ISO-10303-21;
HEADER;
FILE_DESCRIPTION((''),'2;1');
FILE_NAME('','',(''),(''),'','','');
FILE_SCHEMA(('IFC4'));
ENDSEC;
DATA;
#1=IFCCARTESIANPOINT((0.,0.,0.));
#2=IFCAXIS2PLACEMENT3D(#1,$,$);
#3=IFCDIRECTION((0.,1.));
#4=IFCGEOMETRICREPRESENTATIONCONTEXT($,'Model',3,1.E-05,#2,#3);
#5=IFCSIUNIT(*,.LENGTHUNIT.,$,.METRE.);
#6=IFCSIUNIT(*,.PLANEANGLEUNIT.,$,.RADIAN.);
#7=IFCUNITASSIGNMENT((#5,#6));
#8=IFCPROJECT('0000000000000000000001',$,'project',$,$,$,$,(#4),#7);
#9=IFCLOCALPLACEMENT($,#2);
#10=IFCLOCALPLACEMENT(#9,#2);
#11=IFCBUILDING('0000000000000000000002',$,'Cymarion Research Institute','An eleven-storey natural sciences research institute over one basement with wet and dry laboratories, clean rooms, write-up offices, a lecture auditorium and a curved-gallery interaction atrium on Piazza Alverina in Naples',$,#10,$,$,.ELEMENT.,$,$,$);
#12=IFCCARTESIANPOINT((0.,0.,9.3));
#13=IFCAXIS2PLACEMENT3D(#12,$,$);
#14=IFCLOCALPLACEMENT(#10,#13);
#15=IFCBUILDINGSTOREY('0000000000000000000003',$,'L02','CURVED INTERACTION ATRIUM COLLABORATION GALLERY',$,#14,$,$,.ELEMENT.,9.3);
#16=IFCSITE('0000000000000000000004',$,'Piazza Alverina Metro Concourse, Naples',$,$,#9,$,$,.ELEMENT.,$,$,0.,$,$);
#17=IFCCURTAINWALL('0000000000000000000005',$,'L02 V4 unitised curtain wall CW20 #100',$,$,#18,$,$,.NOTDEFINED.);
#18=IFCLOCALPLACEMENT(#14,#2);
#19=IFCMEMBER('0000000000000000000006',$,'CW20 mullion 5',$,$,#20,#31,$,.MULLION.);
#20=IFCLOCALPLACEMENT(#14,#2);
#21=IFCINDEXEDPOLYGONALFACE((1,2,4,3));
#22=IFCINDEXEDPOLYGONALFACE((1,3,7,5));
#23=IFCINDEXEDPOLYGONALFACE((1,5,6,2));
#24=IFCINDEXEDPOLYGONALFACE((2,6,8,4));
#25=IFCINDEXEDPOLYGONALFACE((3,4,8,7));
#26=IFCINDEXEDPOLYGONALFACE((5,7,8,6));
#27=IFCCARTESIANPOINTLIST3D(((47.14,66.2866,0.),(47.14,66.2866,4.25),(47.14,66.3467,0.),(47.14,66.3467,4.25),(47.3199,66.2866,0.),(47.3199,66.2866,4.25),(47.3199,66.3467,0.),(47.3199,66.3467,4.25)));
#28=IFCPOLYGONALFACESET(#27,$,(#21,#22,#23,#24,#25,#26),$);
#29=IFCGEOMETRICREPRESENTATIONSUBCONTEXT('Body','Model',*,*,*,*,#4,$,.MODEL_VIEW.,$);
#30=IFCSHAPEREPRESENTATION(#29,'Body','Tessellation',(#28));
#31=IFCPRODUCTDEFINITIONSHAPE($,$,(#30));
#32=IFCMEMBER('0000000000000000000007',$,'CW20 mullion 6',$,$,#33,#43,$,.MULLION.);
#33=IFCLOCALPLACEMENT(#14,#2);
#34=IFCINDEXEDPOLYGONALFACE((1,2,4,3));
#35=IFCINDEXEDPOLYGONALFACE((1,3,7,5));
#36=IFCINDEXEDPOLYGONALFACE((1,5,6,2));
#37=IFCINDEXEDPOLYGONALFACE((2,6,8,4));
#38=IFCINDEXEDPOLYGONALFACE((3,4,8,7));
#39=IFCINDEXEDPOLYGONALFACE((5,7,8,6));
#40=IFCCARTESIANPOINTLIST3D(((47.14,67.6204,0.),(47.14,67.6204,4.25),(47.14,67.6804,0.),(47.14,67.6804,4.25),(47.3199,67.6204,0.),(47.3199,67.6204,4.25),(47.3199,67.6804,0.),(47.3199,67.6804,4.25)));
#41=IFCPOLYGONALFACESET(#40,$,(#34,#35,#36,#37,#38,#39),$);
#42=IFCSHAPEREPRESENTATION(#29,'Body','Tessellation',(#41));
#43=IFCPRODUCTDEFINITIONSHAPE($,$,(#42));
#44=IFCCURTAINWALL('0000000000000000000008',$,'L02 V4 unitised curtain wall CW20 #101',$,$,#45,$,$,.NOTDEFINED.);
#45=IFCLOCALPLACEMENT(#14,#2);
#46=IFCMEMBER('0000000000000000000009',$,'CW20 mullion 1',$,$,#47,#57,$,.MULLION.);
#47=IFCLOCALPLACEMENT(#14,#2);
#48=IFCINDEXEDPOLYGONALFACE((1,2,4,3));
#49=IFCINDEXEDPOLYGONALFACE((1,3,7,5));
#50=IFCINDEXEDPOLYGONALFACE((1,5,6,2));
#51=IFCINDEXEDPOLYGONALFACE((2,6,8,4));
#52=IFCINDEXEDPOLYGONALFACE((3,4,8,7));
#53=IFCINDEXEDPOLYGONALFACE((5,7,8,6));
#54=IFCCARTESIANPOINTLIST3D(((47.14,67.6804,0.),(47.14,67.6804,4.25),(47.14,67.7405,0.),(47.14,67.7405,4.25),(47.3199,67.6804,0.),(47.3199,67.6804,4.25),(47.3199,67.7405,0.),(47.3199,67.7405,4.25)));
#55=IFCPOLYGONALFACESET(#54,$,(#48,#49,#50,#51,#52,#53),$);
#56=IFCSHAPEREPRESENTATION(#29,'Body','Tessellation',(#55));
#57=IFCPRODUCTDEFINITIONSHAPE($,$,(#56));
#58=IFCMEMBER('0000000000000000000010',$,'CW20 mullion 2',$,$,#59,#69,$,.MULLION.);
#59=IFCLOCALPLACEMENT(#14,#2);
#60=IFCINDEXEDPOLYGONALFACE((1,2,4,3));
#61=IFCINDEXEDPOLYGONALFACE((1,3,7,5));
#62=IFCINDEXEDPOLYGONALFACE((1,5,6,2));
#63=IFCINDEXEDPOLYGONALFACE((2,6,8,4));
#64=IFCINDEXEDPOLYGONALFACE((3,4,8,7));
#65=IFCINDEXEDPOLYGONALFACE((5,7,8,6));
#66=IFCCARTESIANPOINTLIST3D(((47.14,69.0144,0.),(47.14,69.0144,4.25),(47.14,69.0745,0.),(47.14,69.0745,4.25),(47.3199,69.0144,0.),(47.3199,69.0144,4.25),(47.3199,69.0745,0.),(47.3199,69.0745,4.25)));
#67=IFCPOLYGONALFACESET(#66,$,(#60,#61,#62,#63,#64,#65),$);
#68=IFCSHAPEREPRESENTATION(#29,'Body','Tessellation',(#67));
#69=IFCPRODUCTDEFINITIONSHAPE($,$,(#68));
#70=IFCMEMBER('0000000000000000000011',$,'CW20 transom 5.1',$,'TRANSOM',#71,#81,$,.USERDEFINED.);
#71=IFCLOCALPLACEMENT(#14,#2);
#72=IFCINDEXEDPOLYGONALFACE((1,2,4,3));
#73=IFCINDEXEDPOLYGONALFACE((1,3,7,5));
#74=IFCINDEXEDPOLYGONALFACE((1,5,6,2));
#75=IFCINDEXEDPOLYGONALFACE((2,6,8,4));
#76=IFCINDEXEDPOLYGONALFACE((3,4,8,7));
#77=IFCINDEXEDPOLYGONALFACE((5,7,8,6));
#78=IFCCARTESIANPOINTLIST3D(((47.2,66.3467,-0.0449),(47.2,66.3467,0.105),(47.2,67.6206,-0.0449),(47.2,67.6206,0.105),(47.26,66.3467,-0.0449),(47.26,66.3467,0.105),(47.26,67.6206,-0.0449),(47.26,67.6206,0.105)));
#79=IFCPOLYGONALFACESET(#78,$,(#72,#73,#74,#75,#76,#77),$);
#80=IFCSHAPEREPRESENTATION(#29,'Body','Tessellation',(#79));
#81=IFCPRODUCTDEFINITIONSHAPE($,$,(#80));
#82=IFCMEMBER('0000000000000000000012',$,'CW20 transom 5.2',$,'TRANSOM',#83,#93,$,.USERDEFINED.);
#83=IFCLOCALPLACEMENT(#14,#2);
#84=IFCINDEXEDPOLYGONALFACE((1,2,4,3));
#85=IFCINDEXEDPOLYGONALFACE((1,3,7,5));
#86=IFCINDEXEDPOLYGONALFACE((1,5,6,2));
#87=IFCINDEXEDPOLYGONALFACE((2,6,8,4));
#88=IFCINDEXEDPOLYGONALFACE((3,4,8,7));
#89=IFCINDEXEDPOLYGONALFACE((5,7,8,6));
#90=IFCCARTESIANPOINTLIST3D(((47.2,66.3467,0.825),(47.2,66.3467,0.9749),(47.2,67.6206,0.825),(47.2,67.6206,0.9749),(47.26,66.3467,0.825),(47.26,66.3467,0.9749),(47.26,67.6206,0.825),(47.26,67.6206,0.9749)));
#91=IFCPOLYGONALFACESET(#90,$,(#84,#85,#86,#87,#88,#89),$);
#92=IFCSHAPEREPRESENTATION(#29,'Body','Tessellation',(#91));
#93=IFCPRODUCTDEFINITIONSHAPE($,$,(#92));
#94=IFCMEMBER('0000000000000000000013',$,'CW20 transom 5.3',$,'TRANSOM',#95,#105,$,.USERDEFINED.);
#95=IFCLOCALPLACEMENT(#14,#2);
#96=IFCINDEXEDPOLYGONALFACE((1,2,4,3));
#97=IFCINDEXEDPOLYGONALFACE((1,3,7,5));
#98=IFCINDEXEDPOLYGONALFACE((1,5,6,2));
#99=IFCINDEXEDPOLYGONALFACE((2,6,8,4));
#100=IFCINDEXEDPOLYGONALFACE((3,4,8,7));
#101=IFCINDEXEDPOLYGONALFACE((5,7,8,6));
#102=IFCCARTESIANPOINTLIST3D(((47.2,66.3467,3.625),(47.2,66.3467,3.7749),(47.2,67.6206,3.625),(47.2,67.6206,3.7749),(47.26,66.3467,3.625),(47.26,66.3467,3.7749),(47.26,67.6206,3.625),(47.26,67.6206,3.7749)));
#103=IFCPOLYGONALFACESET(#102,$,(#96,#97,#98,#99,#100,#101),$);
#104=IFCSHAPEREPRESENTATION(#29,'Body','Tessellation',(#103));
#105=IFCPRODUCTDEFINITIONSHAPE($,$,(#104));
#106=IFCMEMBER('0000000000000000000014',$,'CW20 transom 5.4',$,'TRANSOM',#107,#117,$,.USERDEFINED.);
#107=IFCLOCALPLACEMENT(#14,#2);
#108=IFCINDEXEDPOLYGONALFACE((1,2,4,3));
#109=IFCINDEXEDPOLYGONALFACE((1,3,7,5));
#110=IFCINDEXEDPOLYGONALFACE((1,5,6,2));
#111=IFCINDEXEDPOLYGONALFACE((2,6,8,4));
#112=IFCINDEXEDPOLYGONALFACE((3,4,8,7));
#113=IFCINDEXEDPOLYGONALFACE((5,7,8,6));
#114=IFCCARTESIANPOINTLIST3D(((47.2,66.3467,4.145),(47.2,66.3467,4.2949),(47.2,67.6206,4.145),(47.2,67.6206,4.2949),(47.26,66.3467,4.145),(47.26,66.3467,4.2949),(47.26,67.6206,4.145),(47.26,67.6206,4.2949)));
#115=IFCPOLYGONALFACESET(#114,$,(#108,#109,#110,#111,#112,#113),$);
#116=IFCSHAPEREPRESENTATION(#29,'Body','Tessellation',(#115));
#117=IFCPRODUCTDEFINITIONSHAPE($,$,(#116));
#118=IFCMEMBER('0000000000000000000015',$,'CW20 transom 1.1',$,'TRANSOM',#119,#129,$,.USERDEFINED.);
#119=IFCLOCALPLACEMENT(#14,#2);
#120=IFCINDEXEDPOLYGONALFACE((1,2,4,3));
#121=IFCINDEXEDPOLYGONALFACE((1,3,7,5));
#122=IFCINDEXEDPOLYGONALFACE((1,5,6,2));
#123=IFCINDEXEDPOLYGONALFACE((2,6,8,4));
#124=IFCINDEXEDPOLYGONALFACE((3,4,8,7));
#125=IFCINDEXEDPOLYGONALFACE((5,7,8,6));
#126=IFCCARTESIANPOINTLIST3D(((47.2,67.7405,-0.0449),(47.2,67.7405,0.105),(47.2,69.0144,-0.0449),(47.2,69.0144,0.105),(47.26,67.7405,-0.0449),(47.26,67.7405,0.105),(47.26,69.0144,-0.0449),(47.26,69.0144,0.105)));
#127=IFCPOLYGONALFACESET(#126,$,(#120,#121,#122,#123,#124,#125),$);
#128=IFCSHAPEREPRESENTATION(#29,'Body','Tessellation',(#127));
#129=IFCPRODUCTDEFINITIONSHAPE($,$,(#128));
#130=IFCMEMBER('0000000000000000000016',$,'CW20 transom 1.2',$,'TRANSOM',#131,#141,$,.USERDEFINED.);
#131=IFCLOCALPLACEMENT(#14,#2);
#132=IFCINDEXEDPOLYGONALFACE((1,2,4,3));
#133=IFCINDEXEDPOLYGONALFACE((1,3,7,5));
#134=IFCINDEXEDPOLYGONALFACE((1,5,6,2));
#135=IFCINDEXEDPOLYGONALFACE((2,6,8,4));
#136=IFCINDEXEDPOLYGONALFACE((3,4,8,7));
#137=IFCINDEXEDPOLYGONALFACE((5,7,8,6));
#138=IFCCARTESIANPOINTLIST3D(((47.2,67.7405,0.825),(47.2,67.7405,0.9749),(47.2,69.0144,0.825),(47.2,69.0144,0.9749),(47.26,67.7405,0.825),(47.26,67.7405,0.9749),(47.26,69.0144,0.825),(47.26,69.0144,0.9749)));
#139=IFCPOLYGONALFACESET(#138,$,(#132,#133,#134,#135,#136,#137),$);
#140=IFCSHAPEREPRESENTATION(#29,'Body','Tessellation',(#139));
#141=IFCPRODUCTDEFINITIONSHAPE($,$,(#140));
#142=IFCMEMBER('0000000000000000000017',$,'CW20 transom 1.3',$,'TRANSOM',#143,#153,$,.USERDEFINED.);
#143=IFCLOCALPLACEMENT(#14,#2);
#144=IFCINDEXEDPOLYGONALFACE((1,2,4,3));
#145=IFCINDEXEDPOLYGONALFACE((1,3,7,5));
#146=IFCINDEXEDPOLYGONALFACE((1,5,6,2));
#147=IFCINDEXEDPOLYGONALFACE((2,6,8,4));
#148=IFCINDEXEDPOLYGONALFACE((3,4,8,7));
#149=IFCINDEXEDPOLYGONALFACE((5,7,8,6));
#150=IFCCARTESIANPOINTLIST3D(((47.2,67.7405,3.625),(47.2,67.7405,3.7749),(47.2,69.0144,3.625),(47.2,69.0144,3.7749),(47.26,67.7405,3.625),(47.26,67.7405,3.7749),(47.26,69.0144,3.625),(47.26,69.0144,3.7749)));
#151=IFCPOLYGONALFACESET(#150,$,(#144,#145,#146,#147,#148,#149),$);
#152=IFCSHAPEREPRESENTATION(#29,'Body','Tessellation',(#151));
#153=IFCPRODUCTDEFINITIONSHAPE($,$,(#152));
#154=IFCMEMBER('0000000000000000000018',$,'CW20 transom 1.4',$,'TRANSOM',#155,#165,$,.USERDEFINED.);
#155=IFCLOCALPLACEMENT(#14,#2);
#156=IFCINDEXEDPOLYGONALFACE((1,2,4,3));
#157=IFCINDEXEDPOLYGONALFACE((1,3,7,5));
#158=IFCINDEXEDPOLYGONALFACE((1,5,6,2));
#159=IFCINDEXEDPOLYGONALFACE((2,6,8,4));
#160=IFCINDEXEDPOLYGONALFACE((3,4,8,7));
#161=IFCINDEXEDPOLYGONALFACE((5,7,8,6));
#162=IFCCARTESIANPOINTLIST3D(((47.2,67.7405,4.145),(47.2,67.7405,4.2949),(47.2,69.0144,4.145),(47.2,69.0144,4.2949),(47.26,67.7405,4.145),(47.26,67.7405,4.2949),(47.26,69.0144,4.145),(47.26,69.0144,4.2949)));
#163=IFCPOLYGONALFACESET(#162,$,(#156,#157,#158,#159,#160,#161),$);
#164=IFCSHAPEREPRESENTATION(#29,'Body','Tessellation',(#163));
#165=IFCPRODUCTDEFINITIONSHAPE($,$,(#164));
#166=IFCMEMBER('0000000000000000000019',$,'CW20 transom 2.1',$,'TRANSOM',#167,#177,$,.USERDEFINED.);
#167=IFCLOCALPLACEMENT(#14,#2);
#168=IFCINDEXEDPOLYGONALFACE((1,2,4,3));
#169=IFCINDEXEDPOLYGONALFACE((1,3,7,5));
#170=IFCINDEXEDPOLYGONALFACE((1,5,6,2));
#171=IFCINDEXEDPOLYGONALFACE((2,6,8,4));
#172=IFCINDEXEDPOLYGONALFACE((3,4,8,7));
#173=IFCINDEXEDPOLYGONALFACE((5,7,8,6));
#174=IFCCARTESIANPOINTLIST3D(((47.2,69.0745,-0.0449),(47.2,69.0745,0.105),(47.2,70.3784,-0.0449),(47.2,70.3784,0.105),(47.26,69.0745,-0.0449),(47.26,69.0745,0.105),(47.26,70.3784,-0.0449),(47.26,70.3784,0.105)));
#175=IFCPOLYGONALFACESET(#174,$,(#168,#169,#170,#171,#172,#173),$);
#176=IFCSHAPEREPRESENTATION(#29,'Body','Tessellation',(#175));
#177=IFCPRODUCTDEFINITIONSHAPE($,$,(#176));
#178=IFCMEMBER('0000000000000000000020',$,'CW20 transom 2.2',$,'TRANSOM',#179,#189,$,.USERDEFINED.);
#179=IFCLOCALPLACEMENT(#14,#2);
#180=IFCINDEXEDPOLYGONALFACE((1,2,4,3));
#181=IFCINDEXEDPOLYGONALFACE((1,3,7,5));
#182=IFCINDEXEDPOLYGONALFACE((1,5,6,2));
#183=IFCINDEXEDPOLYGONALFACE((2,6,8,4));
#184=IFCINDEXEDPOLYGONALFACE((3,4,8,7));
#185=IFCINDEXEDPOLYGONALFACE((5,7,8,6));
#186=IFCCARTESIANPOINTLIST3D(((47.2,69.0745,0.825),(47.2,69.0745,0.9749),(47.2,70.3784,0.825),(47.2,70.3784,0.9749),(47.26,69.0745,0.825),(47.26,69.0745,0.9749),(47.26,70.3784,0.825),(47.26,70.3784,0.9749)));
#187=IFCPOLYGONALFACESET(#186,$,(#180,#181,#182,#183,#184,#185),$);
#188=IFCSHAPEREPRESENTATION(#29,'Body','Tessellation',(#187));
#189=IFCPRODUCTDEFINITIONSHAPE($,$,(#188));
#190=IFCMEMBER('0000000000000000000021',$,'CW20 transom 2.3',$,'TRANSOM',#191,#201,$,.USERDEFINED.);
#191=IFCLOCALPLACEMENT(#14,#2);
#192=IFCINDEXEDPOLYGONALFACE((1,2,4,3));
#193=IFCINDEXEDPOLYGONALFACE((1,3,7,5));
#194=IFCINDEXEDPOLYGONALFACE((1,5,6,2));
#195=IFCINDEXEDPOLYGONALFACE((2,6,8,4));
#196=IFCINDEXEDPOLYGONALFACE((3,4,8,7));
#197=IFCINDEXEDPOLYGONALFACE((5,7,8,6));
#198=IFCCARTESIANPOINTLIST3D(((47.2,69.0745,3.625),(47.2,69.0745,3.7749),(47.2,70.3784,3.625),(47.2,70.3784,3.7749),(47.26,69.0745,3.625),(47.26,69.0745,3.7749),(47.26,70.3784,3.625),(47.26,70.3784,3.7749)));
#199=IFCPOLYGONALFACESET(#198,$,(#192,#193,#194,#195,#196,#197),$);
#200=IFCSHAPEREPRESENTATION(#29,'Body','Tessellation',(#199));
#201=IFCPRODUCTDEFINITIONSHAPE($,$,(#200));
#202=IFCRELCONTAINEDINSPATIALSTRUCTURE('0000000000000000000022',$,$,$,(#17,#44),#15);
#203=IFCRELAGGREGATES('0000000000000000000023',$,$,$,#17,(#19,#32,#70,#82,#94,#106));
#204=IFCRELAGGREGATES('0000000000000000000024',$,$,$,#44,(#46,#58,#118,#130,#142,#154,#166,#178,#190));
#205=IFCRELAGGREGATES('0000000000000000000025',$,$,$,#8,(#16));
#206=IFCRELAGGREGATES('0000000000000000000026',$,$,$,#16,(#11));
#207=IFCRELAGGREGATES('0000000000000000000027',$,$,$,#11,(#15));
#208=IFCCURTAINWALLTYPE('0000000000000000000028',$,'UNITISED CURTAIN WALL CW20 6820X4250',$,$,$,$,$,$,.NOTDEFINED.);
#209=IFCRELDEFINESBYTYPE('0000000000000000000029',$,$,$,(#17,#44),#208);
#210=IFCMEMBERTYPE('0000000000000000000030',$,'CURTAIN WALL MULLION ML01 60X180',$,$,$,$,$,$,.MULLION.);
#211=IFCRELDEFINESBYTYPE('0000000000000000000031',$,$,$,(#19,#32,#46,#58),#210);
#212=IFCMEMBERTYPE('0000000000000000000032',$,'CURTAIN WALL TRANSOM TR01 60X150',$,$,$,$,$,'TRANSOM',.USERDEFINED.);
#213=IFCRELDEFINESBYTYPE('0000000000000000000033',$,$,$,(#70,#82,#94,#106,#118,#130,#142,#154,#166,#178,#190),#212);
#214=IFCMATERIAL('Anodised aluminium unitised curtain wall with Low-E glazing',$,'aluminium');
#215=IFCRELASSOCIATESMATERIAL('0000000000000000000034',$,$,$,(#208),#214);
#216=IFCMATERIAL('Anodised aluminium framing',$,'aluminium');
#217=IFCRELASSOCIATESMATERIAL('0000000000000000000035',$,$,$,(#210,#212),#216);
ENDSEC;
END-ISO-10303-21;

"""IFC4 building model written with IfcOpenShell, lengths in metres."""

from ifc_helpers import new_model, si_unit, direction, frame, origin, origin_2d, place, context, subcontext, project, spatial, rectangle, extrude, material, material_profile, profile_set, type_object, element, aggregate, save


model = new_model("IFC4")

# Units and contexts
model_context = context("Model", 3, precision=1e-05, world=origin(), true_north=direction((0.0, 1.0)))
body_context = subcontext(model_context, "Body", "Model", "MODEL_VIEW")
ifc_project = project(units=[si_unit("LENGTHUNIT", "METRE"), si_unit("PLANEANGLEUNIT", "RADIAN")], contexts=[model_context])

# Site, building, storey
site_placement = place(None, origin())
site = spatial("IfcSite", under=ifc_project, at=site_placement, Name="Piazza Alverina Metro Concourse, Naples", CompositionType="ELEMENT", RefElevation=0.0)
building_placement = place(site_placement, origin())
building = spatial("IfcBuilding", under=site, at=building_placement, Name="Cymarion Research Institute", Description="An eleven-storey natural sciences research institute over one basement with wet and dry laboratories, clean rooms, write-up offices, a lecture auditorium and a curved-gallery interaction atrium on Piazza Alverina in Naples", CompositionType="ELEMENT")
storey_placement = place(building_placement, frame((0.0, 0.0, 9.3)))
storey = spatial("IfcBuildingStorey", under=building, at=storey_placement, Name="L02", Description="CURVED INTERACTION ATRIUM COLLABORATION GALLERY", CompositionType="ELEMENT", Elevation=9.3)

# Curtain walls, members
ifc_material_1 = material(Name="Anodised aluminium unitised curtain wall with Low-E glazing", Category="aluminium")
curtain_wall_type = type_object("IfcCurtainWallType", Name="UNITISED CURTAIN WALL CW20 6820X4250", PredefinedType="NOTDEFINED", material=ifc_material_1)
curtain_wall_1_placement = place(storey_placement, origin())
curtain_wall_1 = element("IfcCurtainWall", 1, at=curtain_wall_1_placement, inside=storey, type_object=curtain_wall_type, Name="L02 V4 unitised curtain wall CW20 #100", PredefinedType="NOTDEFINED")
ifc_material_2 = material(Name="Anodised aluminium framing", Category="aluminium")
ifc_material_profile_1 = material_profile(ifc_material_2, rectangle(XDim=0.0601, YDim=0.1799, at=origin_2d()), Name="ALU MULLION 60x180")
ifc_profile_set_1 = profile_set([ifc_material_profile_1], Name="Anodised aluminium framing")
member_type_1 = type_object("IfcMemberType", Name="CURTAIN WALL MULLION ML01 60X180", PredefinedType="MULLION", material=ifc_profile_set_1)
member_1_placement = place(storey_placement, frame((47.23, 66.3167, 0.0), z_axis=(0.0, 0.0, 1.0), x_axis=(0.0, 1.0, 0.0)))
member_1 = element("IfcMember", 2, at=member_1_placement, type_object=member_type_1, Name="CW20 mullion 5", PredefinedType="MULLION", context=body_context, shape_type="SweptSolid", body=[
    extrude(rectangle(XDim=0.0601, YDim=0.1799, at=origin_2d()), origin(), (0.0, 0.0, 1.0), 4.25),
])
member_2_placement = place(storey_placement, frame((47.23, 67.6504, 0.0), z_axis=(0.0, 0.0, 1.0), x_axis=(0.0, 1.0, 0.0)))
member_2 = element("IfcMember", 3, at=member_2_placement, type_object=member_type_1, Name="CW20 mullion 6", PredefinedType="MULLION", context=body_context, shape_type="SweptSolid", body=[
    extrude(rectangle(XDim=0.0601, YDim=0.1799, at=origin_2d()), origin(), (0.0, 0.0, 1.0), 4.25),
])
curtain_wall_2_placement = place(storey_placement, origin())
curtain_wall_2 = element("IfcCurtainWall", 4, at=curtain_wall_2_placement, inside=storey, type_object=curtain_wall_type, Name="L02 V4 unitised curtain wall CW20 #101", PredefinedType="NOTDEFINED")
member_3_placement = place(storey_placement, frame((47.23, 67.7104, 0.0), z_axis=(0.0, 0.0, 1.0), x_axis=(0.0, 1.0, 0.0)))
member_3 = element("IfcMember", 5, at=member_3_placement, type_object=member_type_1, Name="CW20 mullion 1", PredefinedType="MULLION", context=body_context, shape_type="SweptSolid", body=[
    extrude(rectangle(XDim=0.0601, YDim=0.1799, at=origin_2d()), origin(), (0.0, 0.0, 1.0), 4.25),
])
member_4_placement = place(storey_placement, frame((47.23, 69.0444, 0.0), z_axis=(0.0, 0.0, 1.0), x_axis=(0.0, 1.0, 0.0)))
member_4 = element("IfcMember", 6, at=member_4_placement, type_object=member_type_1, Name="CW20 mullion 2", PredefinedType="MULLION", context=body_context, shape_type="SweptSolid", body=[
    extrude(rectangle(XDim=0.0601, YDim=0.1799, at=origin_2d()), origin(), (0.0, 0.0, 1.0), 4.25),
])

# Members
ifc_material_profile_2 = material_profile(ifc_material_2, rectangle(XDim=0.0601, YDim=0.1499, at=origin_2d()), Name="ALU TRANSOM 60x150")
ifc_profile_set_2 = profile_set([ifc_material_profile_2], Name="Anodised aluminium framing")
member_type_2 = type_object("IfcMemberType", Name="CURTAIN WALL TRANSOM TR01 60X150", ElementType="TRANSOM", PredefinedType="USERDEFINED", material=ifc_profile_set_2)
member_5_placement = place(storey_placement, frame((47.23, 66.3467, 0.03), z_axis=(0.0, 1.0, 0.0), x_axis=(-1.0, 0.0, 0.0)))
member_5 = element("IfcMember", 7, at=member_5_placement, type_object=member_type_2, Name="CW20 transom 5.1", ObjectType="TRANSOM", PredefinedType="USERDEFINED", context=body_context, shape_type="SweptSolid", body=[
    extrude(rectangle(XDim=0.0601, YDim=0.1499, at=origin_2d()), origin(), (0.0, 0.0, 1.0), 1.2739),
])
member_6_placement = place(storey_placement, frame((47.23, 66.3467, 0.8999), z_axis=(0.0, 1.0, 0.0), x_axis=(-1.0, 0.0, 0.0)))
member_6 = element("IfcMember", 8, at=member_6_placement, type_object=member_type_2, Name="CW20 transom 5.2", ObjectType="TRANSOM", PredefinedType="USERDEFINED", context=body_context, shape_type="SweptSolid", body=[
    extrude(rectangle(XDim=0.0601, YDim=0.1499, at=origin_2d()), origin(), (0.0, 0.0, 1.0), 1.2739),
])
member_7_placement = place(storey_placement, frame((47.23, 66.3467, 3.7), z_axis=(0.0, 1.0, 0.0), x_axis=(-1.0, 0.0, 0.0)))
member_7 = element("IfcMember", 9, at=member_7_placement, type_object=member_type_2, Name="CW20 transom 5.3", ObjectType="TRANSOM", PredefinedType="USERDEFINED", context=body_context, shape_type="SweptSolid", body=[
    extrude(rectangle(XDim=0.0601, YDim=0.1499, at=origin_2d()), origin(), (0.0, 0.0, 1.0), 1.2739),
])
member_8_placement = place(storey_placement, frame((47.23, 66.3467, 4.22), z_axis=(0.0, 1.0, 0.0), x_axis=(-1.0, 0.0, 0.0)))
member_8 = element("IfcMember", 10, at=member_8_placement, type_object=member_type_2, Name="CW20 transom 5.4", ObjectType="TRANSOM", PredefinedType="USERDEFINED", context=body_context, shape_type="SweptSolid", body=[
    extrude(rectangle(XDim=0.0601, YDim=0.1499, at=origin_2d()), origin(), (0.0, 0.0, 1.0), 1.2739),
])
member_9_placement = place(storey_placement, frame((47.23, 67.7405, 0.03), z_axis=(0.0, 1.0, 0.0), x_axis=(-1.0, 0.0, 0.0)))
member_9 = element("IfcMember", 11, at=member_9_placement, type_object=member_type_2, Name="CW20 transom 1.1", ObjectType="TRANSOM", PredefinedType="USERDEFINED", context=body_context, shape_type="SweptSolid", body=[
    extrude(rectangle(XDim=0.0601, YDim=0.1499, at=origin_2d()), origin(), (0.0, 0.0, 1.0), 1.2739),
])
member_10_placement = place(storey_placement, frame((47.23, 67.7405, 0.8999), z_axis=(0.0, 1.0, 0.0), x_axis=(-1.0, 0.0, 0.0)))
member_10 = element("IfcMember", 12, at=member_10_placement, type_object=member_type_2, Name="CW20 transom 1.2", ObjectType="TRANSOM", PredefinedType="USERDEFINED", context=body_context, shape_type="SweptSolid", body=[
    extrude(rectangle(XDim=0.0601, YDim=0.1499, at=origin_2d()), origin(), (0.0, 0.0, 1.0), 1.2739),
])
member_11_placement = place(storey_placement, frame((47.23, 67.7405, 3.7), z_axis=(0.0, 1.0, 0.0), x_axis=(-1.0, 0.0, 0.0)))
member_11 = element("IfcMember", 13, at=member_11_placement, type_object=member_type_2, Name="CW20 transom 1.3", ObjectType="TRANSOM", PredefinedType="USERDEFINED", context=body_context, shape_type="SweptSolid", body=[
    extrude(rectangle(XDim=0.0601, YDim=0.1499, at=origin_2d()), origin(), (0.0, 0.0, 1.0), 1.2739),
])
member_12_placement = place(storey_placement, frame((47.23, 67.7405, 4.22), z_axis=(0.0, 1.0, 0.0), x_axis=(-1.0, 0.0, 0.0)))
member_12 = element("IfcMember", 14, at=member_12_placement, type_object=member_type_2, Name="CW20 transom 1.4", ObjectType="TRANSOM", PredefinedType="USERDEFINED", context=body_context, shape_type="SweptSolid", body=[
    extrude(rectangle(XDim=0.0601, YDim=0.1499, at=origin_2d()), origin(), (0.0, 0.0, 1.0), 1.2739),
])
member_13_placement = place(storey_placement, frame((47.23, 69.0745, 0.03), z_axis=(0.0, 1.0, 0.0), x_axis=(-1.0, 0.0, 0.0)))
member_13 = element("IfcMember", 15, at=member_13_placement, type_object=member_type_2, Name="CW20 transom 2.1", ObjectType="TRANSOM", PredefinedType="USERDEFINED", context=body_context, shape_type="SweptSolid", body=[
    extrude(rectangle(XDim=0.0601, YDim=0.1499, at=origin_2d()), origin(), (0.0, 0.0, 1.0), 1.304),
])
member_14_placement = place(storey_placement, frame((47.23, 69.0745, 0.8999), z_axis=(0.0, 1.0, 0.0), x_axis=(-1.0, 0.0, 0.0)))
member_14 = element("IfcMember", 16, at=member_14_placement, type_object=member_type_2, Name="CW20 transom 2.2", ObjectType="TRANSOM", PredefinedType="USERDEFINED", context=body_context, shape_type="SweptSolid", body=[
    extrude(rectangle(XDim=0.0601, YDim=0.1499, at=origin_2d()), origin(), (0.0, 0.0, 1.0), 1.304),
])
member_15_placement = place(storey_placement, frame((47.23, 69.0745, 3.7), z_axis=(0.0, 1.0, 0.0), x_axis=(-1.0, 0.0, 0.0)))
member_15 = element("IfcMember", 17, at=member_15_placement, type_object=member_type_2, Name="CW20 transom 2.3", ObjectType="TRANSOM", PredefinedType="USERDEFINED", context=body_context, shape_type="SweptSolid", body=[
    extrude(rectangle(XDim=0.0601, YDim=0.1499, at=origin_2d()), origin(), (0.0, 0.0, 1.0), 1.304),
])

aggregate(curtain_wall_1, [member_1, member_2, member_5, member_6, member_7, member_8])
aggregate(curtain_wall_2, [member_3, member_4, member_9, member_10, member_11, member_12, member_13, member_14, member_15])

save(model, "model.ifc")
